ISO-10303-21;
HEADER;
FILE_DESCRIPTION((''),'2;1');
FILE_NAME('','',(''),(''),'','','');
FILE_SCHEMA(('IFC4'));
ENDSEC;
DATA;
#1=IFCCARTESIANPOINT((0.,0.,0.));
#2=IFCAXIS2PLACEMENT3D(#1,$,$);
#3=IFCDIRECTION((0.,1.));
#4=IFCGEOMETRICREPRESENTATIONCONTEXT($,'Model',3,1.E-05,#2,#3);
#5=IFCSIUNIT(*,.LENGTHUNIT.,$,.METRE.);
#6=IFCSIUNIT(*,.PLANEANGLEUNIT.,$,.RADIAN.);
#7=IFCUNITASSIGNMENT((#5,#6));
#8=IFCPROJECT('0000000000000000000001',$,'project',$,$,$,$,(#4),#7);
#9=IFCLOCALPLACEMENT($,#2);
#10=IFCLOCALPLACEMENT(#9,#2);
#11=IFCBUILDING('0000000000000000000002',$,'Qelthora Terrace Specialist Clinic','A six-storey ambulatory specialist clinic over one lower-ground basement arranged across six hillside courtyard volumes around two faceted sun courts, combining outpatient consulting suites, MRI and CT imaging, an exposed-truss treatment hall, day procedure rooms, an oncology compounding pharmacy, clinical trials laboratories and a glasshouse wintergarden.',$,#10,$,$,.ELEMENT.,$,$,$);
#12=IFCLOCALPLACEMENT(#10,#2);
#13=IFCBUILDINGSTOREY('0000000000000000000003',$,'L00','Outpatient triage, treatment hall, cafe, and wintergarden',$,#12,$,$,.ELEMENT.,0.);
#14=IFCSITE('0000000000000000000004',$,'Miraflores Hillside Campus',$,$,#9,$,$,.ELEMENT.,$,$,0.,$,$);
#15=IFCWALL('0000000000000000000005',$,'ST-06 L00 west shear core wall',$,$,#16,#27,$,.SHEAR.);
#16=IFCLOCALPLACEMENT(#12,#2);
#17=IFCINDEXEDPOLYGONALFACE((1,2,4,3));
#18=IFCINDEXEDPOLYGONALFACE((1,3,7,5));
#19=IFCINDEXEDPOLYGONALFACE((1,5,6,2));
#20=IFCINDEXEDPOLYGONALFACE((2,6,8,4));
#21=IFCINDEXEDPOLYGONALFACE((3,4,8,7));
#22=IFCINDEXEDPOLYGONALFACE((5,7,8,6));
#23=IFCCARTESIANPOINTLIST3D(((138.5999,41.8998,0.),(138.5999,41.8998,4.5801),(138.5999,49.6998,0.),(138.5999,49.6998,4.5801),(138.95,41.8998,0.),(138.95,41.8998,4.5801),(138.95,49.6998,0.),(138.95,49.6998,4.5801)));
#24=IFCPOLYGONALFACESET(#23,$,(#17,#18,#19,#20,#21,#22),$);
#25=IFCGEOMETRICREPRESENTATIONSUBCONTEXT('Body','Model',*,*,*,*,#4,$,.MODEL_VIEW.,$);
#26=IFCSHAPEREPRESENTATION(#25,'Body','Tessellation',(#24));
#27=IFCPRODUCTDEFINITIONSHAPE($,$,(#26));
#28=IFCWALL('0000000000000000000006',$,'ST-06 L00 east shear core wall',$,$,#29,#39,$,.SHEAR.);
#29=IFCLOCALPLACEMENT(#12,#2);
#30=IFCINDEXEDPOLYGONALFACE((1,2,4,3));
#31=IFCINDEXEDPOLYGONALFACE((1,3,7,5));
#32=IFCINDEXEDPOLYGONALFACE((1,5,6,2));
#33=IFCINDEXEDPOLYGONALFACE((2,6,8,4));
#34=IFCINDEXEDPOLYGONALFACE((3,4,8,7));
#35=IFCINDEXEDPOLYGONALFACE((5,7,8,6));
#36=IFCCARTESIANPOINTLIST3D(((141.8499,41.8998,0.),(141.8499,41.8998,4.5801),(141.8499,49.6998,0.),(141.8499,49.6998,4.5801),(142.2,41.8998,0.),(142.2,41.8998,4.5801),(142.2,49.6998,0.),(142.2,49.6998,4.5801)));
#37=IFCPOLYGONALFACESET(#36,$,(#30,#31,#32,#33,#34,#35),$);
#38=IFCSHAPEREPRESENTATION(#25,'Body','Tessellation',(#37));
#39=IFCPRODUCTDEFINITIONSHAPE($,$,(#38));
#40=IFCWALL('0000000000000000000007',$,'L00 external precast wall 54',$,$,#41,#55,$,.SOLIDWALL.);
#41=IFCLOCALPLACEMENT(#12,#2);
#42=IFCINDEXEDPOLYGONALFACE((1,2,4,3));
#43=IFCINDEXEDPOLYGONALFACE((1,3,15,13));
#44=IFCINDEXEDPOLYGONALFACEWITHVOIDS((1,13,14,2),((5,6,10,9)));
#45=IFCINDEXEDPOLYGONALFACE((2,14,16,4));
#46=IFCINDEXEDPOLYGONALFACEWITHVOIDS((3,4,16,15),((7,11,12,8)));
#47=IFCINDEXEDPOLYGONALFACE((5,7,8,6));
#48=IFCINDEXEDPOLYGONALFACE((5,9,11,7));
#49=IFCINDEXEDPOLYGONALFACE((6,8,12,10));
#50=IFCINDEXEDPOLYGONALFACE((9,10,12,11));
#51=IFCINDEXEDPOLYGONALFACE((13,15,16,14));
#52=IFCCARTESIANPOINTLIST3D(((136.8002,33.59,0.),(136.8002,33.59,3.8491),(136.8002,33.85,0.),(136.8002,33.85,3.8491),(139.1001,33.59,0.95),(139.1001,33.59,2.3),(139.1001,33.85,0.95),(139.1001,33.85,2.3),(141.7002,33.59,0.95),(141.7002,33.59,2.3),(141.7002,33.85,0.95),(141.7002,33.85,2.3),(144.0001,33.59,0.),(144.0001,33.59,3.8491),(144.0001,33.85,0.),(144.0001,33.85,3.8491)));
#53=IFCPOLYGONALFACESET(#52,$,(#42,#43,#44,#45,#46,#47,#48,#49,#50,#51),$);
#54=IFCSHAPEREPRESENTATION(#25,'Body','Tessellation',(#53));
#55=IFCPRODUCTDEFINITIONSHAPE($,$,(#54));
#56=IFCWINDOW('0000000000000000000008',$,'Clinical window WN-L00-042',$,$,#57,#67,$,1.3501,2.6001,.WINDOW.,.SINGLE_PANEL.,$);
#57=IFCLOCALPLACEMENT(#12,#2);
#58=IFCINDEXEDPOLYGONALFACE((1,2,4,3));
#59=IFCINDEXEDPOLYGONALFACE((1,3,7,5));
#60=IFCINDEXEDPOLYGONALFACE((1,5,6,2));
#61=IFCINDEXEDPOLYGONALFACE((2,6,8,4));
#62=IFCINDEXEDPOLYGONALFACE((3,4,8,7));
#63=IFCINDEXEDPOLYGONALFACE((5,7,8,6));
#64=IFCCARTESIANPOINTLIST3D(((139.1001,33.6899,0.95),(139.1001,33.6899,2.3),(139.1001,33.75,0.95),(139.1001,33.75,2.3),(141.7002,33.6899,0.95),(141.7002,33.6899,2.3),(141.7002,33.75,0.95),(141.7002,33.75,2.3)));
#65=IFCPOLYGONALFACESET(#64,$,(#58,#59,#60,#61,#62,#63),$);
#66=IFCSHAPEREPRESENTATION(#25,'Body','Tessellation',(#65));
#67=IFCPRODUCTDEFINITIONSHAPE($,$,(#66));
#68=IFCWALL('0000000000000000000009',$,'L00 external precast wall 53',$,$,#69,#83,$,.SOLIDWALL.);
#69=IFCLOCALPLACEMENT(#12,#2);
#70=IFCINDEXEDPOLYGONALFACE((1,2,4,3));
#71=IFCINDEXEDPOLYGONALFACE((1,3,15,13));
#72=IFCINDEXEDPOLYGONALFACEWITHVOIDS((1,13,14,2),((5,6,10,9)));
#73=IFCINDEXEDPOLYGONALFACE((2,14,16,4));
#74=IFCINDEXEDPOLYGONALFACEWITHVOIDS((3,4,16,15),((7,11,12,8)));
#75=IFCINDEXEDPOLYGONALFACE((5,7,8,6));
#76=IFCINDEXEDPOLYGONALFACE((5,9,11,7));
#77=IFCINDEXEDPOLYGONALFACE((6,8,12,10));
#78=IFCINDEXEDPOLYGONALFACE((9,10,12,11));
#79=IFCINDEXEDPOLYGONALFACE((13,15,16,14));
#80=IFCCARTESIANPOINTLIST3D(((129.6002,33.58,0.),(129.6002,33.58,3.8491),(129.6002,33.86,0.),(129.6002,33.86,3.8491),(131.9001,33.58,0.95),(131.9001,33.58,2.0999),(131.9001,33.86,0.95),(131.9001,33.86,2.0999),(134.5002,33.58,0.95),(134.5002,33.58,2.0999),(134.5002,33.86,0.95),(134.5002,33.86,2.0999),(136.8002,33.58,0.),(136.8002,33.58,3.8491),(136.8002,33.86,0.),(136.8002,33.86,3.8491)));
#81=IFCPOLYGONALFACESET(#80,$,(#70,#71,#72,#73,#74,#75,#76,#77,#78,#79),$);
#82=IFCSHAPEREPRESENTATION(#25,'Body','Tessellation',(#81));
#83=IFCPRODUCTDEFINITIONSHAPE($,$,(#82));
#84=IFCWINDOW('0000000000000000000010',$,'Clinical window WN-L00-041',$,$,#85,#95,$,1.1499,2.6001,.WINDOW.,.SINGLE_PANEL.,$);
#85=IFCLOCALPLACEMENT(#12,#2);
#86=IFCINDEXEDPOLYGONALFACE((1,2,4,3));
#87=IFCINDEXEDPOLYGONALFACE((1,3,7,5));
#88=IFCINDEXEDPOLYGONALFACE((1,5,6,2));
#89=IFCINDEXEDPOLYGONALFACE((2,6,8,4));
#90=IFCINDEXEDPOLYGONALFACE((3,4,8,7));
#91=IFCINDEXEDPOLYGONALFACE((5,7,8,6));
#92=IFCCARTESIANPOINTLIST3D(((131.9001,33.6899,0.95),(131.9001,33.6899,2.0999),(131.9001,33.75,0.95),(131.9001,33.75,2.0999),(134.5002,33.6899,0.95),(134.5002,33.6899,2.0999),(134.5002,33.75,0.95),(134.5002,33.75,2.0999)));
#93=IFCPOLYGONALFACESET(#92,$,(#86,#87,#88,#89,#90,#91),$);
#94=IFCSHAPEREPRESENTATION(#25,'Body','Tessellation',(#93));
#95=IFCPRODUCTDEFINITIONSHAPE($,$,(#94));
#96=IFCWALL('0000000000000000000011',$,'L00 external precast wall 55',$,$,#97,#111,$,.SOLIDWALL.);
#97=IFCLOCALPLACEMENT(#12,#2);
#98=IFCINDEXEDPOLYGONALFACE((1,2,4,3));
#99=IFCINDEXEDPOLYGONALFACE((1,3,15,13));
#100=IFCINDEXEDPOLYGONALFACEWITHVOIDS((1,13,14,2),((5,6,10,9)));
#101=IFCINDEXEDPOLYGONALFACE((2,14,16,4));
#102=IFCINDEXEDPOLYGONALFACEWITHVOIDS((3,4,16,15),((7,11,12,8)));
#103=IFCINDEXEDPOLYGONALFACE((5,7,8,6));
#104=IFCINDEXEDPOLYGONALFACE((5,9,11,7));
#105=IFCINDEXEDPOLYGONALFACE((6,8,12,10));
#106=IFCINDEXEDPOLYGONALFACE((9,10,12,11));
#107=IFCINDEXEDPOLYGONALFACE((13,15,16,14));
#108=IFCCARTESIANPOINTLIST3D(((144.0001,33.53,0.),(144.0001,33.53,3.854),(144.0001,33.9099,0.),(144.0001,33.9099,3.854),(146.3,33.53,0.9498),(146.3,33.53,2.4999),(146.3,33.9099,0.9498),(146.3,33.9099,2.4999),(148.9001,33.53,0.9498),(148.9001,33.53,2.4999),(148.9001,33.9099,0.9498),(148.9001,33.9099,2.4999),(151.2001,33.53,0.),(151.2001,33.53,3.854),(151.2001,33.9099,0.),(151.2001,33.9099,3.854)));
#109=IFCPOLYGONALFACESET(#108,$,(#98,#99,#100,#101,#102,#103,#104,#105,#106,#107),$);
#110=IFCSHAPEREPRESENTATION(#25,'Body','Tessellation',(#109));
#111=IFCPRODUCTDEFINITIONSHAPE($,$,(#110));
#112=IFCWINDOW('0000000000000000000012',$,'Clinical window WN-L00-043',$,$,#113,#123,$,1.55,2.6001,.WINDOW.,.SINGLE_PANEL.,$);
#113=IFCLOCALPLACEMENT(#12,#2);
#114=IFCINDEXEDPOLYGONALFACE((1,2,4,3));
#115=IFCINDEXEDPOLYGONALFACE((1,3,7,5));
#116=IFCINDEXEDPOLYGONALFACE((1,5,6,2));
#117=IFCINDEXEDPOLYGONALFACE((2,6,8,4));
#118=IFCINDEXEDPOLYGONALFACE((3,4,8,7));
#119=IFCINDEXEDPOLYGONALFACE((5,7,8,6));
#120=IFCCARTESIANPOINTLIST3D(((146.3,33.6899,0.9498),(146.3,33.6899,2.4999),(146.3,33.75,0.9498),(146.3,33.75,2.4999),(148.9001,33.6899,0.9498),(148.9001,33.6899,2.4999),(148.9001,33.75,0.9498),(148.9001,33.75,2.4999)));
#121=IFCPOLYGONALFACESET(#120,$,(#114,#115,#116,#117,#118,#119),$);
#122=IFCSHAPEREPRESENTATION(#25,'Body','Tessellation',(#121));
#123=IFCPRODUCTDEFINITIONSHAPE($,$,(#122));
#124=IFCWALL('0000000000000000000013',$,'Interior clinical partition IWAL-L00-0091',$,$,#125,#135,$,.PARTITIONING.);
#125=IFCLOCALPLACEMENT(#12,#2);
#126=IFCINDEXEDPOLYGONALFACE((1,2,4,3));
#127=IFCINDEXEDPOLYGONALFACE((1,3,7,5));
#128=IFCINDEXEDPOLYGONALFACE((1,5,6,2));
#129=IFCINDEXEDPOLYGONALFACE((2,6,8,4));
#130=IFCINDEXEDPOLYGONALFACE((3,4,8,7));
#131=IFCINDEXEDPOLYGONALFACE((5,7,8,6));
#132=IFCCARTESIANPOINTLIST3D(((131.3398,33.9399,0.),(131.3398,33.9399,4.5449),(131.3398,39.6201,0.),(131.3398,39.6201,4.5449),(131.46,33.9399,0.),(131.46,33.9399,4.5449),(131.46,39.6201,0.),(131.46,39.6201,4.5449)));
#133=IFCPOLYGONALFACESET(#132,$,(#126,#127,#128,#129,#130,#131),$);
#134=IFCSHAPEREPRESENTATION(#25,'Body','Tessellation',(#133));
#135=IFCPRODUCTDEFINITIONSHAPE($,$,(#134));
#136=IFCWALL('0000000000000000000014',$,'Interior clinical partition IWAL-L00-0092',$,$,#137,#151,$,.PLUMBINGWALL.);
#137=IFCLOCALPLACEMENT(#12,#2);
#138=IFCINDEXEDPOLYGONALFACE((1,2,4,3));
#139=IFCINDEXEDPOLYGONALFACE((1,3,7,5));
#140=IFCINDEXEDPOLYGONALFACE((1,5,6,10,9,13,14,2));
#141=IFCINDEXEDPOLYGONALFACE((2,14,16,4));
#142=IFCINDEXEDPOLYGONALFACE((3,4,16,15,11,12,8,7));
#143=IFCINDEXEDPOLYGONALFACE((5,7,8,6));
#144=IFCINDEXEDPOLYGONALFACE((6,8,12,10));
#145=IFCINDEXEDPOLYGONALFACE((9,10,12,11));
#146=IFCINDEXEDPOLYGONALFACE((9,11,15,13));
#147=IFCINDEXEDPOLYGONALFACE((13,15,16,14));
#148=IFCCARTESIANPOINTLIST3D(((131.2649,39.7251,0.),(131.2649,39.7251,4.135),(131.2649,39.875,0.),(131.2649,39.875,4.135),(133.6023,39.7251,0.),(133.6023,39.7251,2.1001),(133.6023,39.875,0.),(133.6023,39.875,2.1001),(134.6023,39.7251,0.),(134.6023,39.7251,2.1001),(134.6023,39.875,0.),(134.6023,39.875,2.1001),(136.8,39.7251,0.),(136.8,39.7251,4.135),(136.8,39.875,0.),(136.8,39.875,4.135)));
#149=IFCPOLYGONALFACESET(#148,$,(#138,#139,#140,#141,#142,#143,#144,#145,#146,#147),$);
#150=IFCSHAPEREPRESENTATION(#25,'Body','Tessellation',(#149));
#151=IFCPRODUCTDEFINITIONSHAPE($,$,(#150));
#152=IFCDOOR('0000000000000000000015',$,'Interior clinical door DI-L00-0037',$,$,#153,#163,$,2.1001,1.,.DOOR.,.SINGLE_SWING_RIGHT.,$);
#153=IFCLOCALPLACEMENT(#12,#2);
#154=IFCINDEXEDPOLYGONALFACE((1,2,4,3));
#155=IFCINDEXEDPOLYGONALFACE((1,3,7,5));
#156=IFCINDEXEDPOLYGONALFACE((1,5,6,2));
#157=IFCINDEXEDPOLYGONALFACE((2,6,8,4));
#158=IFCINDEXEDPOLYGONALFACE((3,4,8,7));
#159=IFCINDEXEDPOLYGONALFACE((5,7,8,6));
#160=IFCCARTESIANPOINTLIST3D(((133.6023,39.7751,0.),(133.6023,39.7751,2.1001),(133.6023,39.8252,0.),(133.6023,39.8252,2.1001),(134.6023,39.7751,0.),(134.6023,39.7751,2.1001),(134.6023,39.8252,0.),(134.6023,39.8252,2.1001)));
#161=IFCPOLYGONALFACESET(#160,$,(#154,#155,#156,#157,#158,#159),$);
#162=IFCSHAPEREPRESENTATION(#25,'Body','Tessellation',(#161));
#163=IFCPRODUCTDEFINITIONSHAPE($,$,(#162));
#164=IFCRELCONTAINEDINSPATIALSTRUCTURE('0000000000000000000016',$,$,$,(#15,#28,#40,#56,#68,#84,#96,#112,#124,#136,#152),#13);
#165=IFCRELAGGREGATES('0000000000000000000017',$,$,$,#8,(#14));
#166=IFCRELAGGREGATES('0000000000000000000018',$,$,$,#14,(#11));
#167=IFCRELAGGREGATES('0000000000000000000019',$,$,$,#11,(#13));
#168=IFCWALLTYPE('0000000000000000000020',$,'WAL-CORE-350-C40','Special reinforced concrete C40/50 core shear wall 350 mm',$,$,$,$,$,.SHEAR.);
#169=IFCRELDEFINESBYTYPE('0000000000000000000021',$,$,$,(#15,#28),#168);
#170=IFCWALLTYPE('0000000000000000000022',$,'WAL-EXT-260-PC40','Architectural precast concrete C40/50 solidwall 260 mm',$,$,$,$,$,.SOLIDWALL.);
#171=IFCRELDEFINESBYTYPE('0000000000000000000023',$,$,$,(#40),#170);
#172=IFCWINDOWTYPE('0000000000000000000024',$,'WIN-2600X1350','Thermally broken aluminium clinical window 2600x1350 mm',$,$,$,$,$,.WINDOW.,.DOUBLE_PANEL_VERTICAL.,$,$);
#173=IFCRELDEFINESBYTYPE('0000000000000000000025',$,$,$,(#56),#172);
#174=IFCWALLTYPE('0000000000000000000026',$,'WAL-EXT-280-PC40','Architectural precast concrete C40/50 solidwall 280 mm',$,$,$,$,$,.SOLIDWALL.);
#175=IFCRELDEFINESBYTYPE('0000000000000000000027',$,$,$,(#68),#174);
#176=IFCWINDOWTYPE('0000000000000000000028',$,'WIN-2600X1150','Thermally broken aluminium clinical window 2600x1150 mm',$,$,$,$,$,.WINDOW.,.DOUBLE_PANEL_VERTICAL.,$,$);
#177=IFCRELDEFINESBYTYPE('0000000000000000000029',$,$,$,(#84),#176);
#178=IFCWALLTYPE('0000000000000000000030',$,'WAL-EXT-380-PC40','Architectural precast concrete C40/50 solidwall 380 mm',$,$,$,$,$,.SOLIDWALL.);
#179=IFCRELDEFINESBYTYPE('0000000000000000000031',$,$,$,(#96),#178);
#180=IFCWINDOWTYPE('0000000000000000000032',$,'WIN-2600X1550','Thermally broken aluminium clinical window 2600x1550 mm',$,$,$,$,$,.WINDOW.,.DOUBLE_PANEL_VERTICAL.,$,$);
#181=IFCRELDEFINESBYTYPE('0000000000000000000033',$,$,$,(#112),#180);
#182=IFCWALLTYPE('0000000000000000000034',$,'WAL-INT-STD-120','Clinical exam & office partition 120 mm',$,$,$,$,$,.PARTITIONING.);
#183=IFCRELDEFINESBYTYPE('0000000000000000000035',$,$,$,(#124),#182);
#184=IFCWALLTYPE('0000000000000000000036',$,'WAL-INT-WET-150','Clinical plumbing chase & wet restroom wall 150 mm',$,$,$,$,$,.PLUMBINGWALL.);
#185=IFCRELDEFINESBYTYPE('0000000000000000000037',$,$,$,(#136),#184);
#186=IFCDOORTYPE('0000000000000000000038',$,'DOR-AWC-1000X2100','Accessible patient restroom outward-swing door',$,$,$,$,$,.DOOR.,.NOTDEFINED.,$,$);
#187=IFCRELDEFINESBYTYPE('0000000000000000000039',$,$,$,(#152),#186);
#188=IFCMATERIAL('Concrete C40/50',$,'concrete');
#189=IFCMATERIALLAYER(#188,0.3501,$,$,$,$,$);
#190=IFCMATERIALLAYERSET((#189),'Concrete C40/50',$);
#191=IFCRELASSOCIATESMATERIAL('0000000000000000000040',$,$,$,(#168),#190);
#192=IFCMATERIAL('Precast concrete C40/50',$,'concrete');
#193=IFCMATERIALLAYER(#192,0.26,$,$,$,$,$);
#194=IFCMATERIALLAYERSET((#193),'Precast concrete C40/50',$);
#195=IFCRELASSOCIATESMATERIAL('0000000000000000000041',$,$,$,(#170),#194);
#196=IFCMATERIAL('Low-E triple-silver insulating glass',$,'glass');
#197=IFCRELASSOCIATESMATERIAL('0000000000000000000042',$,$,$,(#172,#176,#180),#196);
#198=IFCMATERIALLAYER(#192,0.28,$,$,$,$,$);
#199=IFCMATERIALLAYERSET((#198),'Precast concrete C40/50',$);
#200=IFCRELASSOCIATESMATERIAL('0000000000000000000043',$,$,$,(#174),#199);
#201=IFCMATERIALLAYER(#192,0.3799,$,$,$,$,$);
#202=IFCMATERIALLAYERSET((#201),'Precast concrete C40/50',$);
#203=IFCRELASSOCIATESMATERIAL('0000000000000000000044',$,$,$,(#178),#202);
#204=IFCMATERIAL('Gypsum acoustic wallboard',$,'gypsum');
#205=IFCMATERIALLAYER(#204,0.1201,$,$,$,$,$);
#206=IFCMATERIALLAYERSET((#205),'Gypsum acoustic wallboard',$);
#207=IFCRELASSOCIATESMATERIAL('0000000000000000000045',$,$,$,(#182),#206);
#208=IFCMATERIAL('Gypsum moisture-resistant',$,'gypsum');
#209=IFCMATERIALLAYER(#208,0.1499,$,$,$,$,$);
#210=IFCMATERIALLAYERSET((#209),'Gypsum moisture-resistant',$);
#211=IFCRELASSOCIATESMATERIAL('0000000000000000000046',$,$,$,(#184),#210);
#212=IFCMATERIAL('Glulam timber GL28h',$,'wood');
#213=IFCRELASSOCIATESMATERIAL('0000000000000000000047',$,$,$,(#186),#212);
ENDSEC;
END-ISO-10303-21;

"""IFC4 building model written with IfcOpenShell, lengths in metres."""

from ifc_helpers import new_model, si_unit, direction, frame, frame_2d, origin, place, context, subcontext, project, spatial, rectangle, extrude, material, layer, layer_set, type_object, element, fill, save


model = new_model("IFC4")

# Units and contexts
model_context = context("Model", 3, precision=1e-05, world=origin(), true_north=direction((0.0, 1.0)))
body_context = subcontext(model_context, "Body", "Model", "MODEL_VIEW")
ifc_project = project(units=[si_unit("LENGTHUNIT", "METRE"), si_unit("PLANEANGLEUNIT", "RADIAN")], contexts=[model_context])

# Site, building, storey
site_placement = place(None, origin())
site = spatial("IfcSite", under=ifc_project, at=site_placement, Name="Miraflores Hillside Campus", CompositionType="ELEMENT", RefElevation=0.0)
building_placement = place(site_placement, origin())
building = spatial("IfcBuilding", under=site, at=building_placement, Name="Qelthora Terrace Specialist Clinic", Description="A six-storey ambulatory specialist clinic over one lower-ground basement arranged across six hillside courtyard volumes around two faceted sun courts, combining outpatient consulting suites, MRI and CT imaging, an exposed-truss treatment hall, day procedure rooms, an oncology compounding pharmacy, clinical trials laboratories and a glasshouse wintergarden.", CompositionType="ELEMENT")
storey_placement = place(building_placement, origin())
storey = spatial("IfcBuildingStorey", under=building, at=storey_placement, Name="L00", Description="Outpatient triage, treatment hall, cafe, and wintergarden", CompositionType="ELEMENT", Elevation=0.0)

# Walls
ifc_material_1 = material(Name="Concrete C40/50", Category="concrete")
ifc_layer_1 = layer(ifc_material_1, 0.3501)
ifc_layer_set_1 = layer_set([ifc_layer_1], Name="Concrete C40/50")
wall_type_1 = type_object("IfcWallType", Name="WAL-CORE-350-C40", Description="Special reinforced concrete C40/50 core shear wall 350 mm", PredefinedType="SHEAR", material=ifc_layer_set_1)
for number, where, z_axis, x_axis, name in (
    (1, (138.7749, 41.8999, 0.0), (0.0, 0.0, 1.0), (0.0, 1.0, 0.0), "ST-06 L00 west shear core wall"),
    (2, (142.0249, 41.8999, 0.0), (0.0, 0.0, 1.0), (0.0, 1.0, 0.0), "ST-06 L00 east shear core wall"),
):
    element("IfcWall", number, at=place(storey_placement, frame(where, z_axis=z_axis, x_axis=x_axis)), inside=storey, type_object=wall_type_1, Name=name, PredefinedType="SHEAR", context=body_context, shape_type="SweptSolid", body=[
        extrude(rectangle(XDim=7.8, YDim=0.3501, at=frame_2d((3.8999, 0.0))), origin(), (0.0, 0.0, 1.0), 4.5801),
    ])

# Walls, openings, windows
ifc_material_2 = material(Name="Precast concrete C40/50", Category="concrete")
ifc_layer_2 = layer(ifc_material_2, 0.26)
ifc_layer_set_2 = layer_set([ifc_layer_2], Name="Precast concrete C40/50")
wall_type_2 = type_object("IfcWallType", Name="WAL-EXT-260-PC40", Description="Architectural precast concrete C40/50 solidwall 260 mm", PredefinedType="SOLIDWALL", material=ifc_layer_set_2)
wall_1_placement = place(storey_placement, frame((136.8, 33.72, 0.0), z_axis=(0.0, 0.0, 1.0), x_axis=(1.0, 0.0, 0.0)))
wall_1 = element("IfcWall", 3, at=wall_1_placement, inside=storey, type_object=wall_type_2, Name="L00 external precast wall 54", PredefinedType="SOLIDWALL", context=body_context, shape_type="SweptSolid", body=[
    extrude(rectangle(XDim=7.2, YDim=0.26, at=frame_2d((3.6001, 0.0))), origin(), (0.0, 0.0, 1.0), 3.8491),
])
opening_1_placement = place(wall_1_placement, frame((2.3, 0.0, 0.95)))
opening_1 = element("IfcOpeningElement", 4, at=opening_1_placement, cuts=wall_1, PredefinedType="OPENING", context=body_context, shape_type="SweptSolid", body=[
    extrude(rectangle(XDim=2.6001, YDim=1.3501, at=frame_2d((1.3, 0.675))), frame((0.0, 0.1399, 0.0), z_axis=(0.0, -1.0, 0.0), x_axis=(1.0, 0.0, 0.0)), (0.0, 0.0, 1.0), 0.28),
])
ifc_material_3 = material(Name="Low-E triple-silver insulating glass", Category="glass")
window_type_1 = type_object("IfcWindowType", Name="WIN-2600X1350", Description="Thermally broken aluminium clinical window 2600x1350 mm", PartitioningType="DOUBLE_PANEL_VERTICAL", PredefinedType="WINDOW", material=ifc_material_3)
window_1_placement = place(opening_1_placement, origin())
window_1 = element("IfcWindow", 5, at=window_1_placement, inside=storey, type_object=window_type_1, Name="Clinical window WN-L00-042", OverallHeight=1.3501, OverallWidth=2.6001, PartitioningType="SINGLE_PANEL", PredefinedType="WINDOW", context=body_context, shape_type="SweptSolid", body=[
    extrude(rectangle(XDim=2.6001, YDim=1.3501, at=frame_2d((1.3, 0.675))), frame((0.0, 0.03, 0.0), z_axis=(0.0, -1.0, 0.0), x_axis=(1.0, 0.0, 0.0)), (0.0, 0.0, 1.0), 0.0601),
])
fill(opening_1, window_1)
ifc_layer_3 = layer(ifc_material_2, 0.28)
ifc_layer_set_3 = layer_set([ifc_layer_3], Name="Precast concrete C40/50")
wall_type_3 = type_object("IfcWallType", Name="WAL-EXT-280-PC40", Description="Architectural precast concrete C40/50 solidwall 280 mm", PredefinedType="SOLIDWALL", material=ifc_layer_set_3)
wall_2_placement = place(storey_placement, frame((129.6001, 33.72, 0.0), z_axis=(0.0, 0.0, 1.0), x_axis=(1.0, 0.0, 0.0)))
wall_2 = element("IfcWall", 6, at=wall_2_placement, inside=storey, type_object=wall_type_3, Name="L00 external precast wall 53", PredefinedType="SOLIDWALL", context=body_context, shape_type="SweptSolid", body=[
    extrude(rectangle(XDim=7.2, YDim=0.28, at=frame_2d((3.6001, 0.0))), origin(), (0.0, 0.0, 1.0), 3.8491),
])
opening_2_placement = place(wall_2_placement, frame((2.3, 0.0, 0.95)))
opening_2 = element("IfcOpeningElement", 7, at=opening_2_placement, cuts=wall_2, PredefinedType="OPENING", context=body_context, shape_type="SweptSolid", body=[
    extrude(rectangle(XDim=2.6001, YDim=1.1499, at=frame_2d((1.3, 0.575))), frame((0.0, 0.1499, 0.0), z_axis=(0.0, -1.0, 0.0), x_axis=(1.0, 0.0, 0.0)), (0.0, 0.0, 1.0), 0.3),
])
window_type_2 = type_object("IfcWindowType", Name="WIN-2600X1150", Description="Thermally broken aluminium clinical window 2600x1150 mm", PartitioningType="DOUBLE_PANEL_VERTICAL", PredefinedType="WINDOW", material=ifc_material_3)
window_2_placement = place(opening_2_placement, origin())
window_2 = element("IfcWindow", 8, at=window_2_placement, inside=storey, type_object=window_type_2, Name="Clinical window WN-L00-041", OverallHeight=1.1499, OverallWidth=2.6001, PartitioningType="SINGLE_PANEL", PredefinedType="WINDOW", context=body_context, shape_type="SweptSolid", body=[
    extrude(rectangle(XDim=2.6001, YDim=1.1499, at=frame_2d((1.3, 0.575))), frame((0.0, 0.03, 0.0), z_axis=(0.0, -1.0, 0.0), x_axis=(1.0, 0.0, 0.0)), (0.0, 0.0, 1.0), 0.0601),
])
fill(opening_2, window_2)
ifc_layer_4 = layer(ifc_material_2, 0.3799)
ifc_layer_set_4 = layer_set([ifc_layer_4], Name="Precast concrete C40/50")
wall_type_4 = type_object("IfcWallType", Name="WAL-EXT-380-PC40", Description="Architectural precast concrete C40/50 solidwall 380 mm", PredefinedType="SOLIDWALL", material=ifc_layer_set_4)
wall_3_placement = place(storey_placement, frame((144.0, 33.72, 0.0), z_axis=(0.0, 0.0, 1.0), x_axis=(1.0, 0.0, 0.0)))
wall_3 = element("IfcWall", 9, at=wall_3_placement, inside=storey, type_object=wall_type_4, Name="L00 external precast wall 55", PredefinedType="SOLIDWALL", context=body_context, shape_type="SweptSolid", body=[
    extrude(rectangle(XDim=7.2, YDim=0.3799, at=frame_2d((3.6001, 0.0))), origin(), (0.0, 0.0, 1.0), 3.854),
])
opening_3_placement = place(wall_3_placement, frame((2.3, 0.0, 0.95)))
opening_3 = element("IfcOpeningElement", 10, at=opening_3_placement, cuts=wall_3, PredefinedType="OPENING", context=body_context, shape_type="SweptSolid", body=[
    extrude(rectangle(XDim=2.6001, YDim=1.55, at=frame_2d((1.3, 0.7749))), frame((0.0, 0.2, 0.0), z_axis=(0.0, -1.0, 0.0), x_axis=(1.0, 0.0, 0.0)), (0.0, 0.0, 1.0), 0.3999),
])
window_type_3 = type_object("IfcWindowType", Name="WIN-2600X1550", Description="Thermally broken aluminium clinical window 2600x1550 mm", PartitioningType="DOUBLE_PANEL_VERTICAL", PredefinedType="WINDOW", material=ifc_material_3)
window_3_placement = place(opening_3_placement, origin())
window_3 = element("IfcWindow", 11, at=window_3_placement, inside=storey, type_object=window_type_3, Name="Clinical window WN-L00-043", OverallHeight=1.55, OverallWidth=2.6001, PartitioningType="SINGLE_PANEL", PredefinedType="WINDOW", context=body_context, shape_type="SweptSolid", body=[
    extrude(rectangle(XDim=2.6001, YDim=1.55, at=frame_2d((1.3, 0.7749))), frame((0.0, 0.03, 0.0), z_axis=(0.0, -1.0, 0.0), x_axis=(1.0, 0.0, 0.0)), (0.0, 0.0, 1.0), 0.0601),
])
fill(opening_3, window_3)

# Wall
ifc_material_4 = material(Name="Gypsum acoustic wallboard", Category="gypsum")
ifc_layer_5 = layer(ifc_material_4, 0.1201)
ifc_layer_set_5 = layer_set([ifc_layer_5], Name="Gypsum acoustic wallboard")
wall_type_5 = type_object("IfcWallType", Name="WAL-INT-STD-120", Description="Clinical exam & office partition 120 mm", PredefinedType="PARTITIONING", material=ifc_layer_set_5)
wall_4_placement = place(storey_placement, frame((131.3999, 39.6201, 0.0), z_axis=(0.0, 0.0, 1.0), x_axis=(0.0, -1.0, 0.0)))
element("IfcWall", 12, at=wall_4_placement, inside=storey, type_object=wall_type_5, Name="Interior clinical partition IWAL-L00-0091", PredefinedType="PARTITIONING", context=body_context, shape_type="SweptSolid", body=[
    extrude(rectangle(XDim=5.6802, YDim=0.1201, at=frame_2d((2.8401, 0.0))), origin(), (0.0, 0.0, 1.0), 4.5449),
])

# Wall, opening, door
ifc_material_5 = material(Name="Gypsum moisture-resistant", Category="gypsum")
ifc_layer_6 = layer(ifc_material_5, 0.1499)
ifc_layer_set_6 = layer_set([ifc_layer_6], Name="Gypsum moisture-resistant")
wall_type_6 = type_object("IfcWallType", Name="WAL-INT-WET-150", Description="Clinical plumbing chase & wet restroom wall 150 mm", PredefinedType="PLUMBINGWALL", material=ifc_layer_set_6)
wall_5_placement = place(storey_placement, frame((131.2649, 39.8, 0.0), z_axis=(0.0, 0.0, 1.0), x_axis=(1.0, 0.0, 0.0)))
wall_5 = element("IfcWall", 13, at=wall_5_placement, inside=storey, type_object=wall_type_6, Name="Interior clinical partition IWAL-L00-0092", PredefinedType="PLUMBINGWALL", context=body_context, shape_type="SweptSolid", body=[
    extrude(rectangle(XDim=5.5352, YDim=0.1499, at=frame_2d((2.7676, 0.0))), origin(), (0.0, 0.0, 1.0), 4.135),
])
opening_4_placement = place(wall_5_placement, frame((2.3374, 0.0, 0.0)))
opening_4 = element("IfcOpeningElement", 14, at=opening_4_placement, cuts=wall_5, PredefinedType="OPENING", context=body_context, shape_type="SweptSolid", body=[
    extrude(rectangle(XDim=1.0, YDim=2.1001, at=frame_2d((0.5, 1.05))), frame((0.0, 0.085, 0.0), z_axis=(0.0, -1.0, 0.0), x_axis=(1.0, 0.0, 0.0)), (0.0, 0.0, 1.0), 0.1699),
])
ifc_material_6 = material(Name="Glulam timber GL28h", Category="wood")
door_type_1 = type_object("IfcDoorType", Name="DOR-AWC-1000X2100", Description="Accessible patient restroom outward-swing door", OperationType="NOTDEFINED", PredefinedType="DOOR", material=ifc_material_6)
door_1_placement = place(opening_4_placement, frame((1.0, 0.0, 0.0), z_axis=(0.0, 0.0, 1.0), x_axis=(-1.0, 0.0, 0.0)))
door_1 = element("IfcDoor", 15, at=door_1_placement, inside=storey, type_object=door_type_1, Name="Interior clinical door DI-L00-0037", OperationType="SINGLE_SWING_RIGHT", OverallHeight=2.1001, OverallWidth=1.0, PredefinedType="DOOR", context=body_context, shape_type="SweptSolid", body=[
    extrude(rectangle(XDim=1.0, YDim=2.1001, at=frame_2d((0.5, 1.05))), frame((0.0, 0.0249, 0.0), z_axis=(0.0, -1.0, 0.0), x_axis=(1.0, 0.0, 0.0)), (0.0, 0.0, 1.0), 0.05),
])
fill(opening_4, door_1)

save(model, "model.ifc")
